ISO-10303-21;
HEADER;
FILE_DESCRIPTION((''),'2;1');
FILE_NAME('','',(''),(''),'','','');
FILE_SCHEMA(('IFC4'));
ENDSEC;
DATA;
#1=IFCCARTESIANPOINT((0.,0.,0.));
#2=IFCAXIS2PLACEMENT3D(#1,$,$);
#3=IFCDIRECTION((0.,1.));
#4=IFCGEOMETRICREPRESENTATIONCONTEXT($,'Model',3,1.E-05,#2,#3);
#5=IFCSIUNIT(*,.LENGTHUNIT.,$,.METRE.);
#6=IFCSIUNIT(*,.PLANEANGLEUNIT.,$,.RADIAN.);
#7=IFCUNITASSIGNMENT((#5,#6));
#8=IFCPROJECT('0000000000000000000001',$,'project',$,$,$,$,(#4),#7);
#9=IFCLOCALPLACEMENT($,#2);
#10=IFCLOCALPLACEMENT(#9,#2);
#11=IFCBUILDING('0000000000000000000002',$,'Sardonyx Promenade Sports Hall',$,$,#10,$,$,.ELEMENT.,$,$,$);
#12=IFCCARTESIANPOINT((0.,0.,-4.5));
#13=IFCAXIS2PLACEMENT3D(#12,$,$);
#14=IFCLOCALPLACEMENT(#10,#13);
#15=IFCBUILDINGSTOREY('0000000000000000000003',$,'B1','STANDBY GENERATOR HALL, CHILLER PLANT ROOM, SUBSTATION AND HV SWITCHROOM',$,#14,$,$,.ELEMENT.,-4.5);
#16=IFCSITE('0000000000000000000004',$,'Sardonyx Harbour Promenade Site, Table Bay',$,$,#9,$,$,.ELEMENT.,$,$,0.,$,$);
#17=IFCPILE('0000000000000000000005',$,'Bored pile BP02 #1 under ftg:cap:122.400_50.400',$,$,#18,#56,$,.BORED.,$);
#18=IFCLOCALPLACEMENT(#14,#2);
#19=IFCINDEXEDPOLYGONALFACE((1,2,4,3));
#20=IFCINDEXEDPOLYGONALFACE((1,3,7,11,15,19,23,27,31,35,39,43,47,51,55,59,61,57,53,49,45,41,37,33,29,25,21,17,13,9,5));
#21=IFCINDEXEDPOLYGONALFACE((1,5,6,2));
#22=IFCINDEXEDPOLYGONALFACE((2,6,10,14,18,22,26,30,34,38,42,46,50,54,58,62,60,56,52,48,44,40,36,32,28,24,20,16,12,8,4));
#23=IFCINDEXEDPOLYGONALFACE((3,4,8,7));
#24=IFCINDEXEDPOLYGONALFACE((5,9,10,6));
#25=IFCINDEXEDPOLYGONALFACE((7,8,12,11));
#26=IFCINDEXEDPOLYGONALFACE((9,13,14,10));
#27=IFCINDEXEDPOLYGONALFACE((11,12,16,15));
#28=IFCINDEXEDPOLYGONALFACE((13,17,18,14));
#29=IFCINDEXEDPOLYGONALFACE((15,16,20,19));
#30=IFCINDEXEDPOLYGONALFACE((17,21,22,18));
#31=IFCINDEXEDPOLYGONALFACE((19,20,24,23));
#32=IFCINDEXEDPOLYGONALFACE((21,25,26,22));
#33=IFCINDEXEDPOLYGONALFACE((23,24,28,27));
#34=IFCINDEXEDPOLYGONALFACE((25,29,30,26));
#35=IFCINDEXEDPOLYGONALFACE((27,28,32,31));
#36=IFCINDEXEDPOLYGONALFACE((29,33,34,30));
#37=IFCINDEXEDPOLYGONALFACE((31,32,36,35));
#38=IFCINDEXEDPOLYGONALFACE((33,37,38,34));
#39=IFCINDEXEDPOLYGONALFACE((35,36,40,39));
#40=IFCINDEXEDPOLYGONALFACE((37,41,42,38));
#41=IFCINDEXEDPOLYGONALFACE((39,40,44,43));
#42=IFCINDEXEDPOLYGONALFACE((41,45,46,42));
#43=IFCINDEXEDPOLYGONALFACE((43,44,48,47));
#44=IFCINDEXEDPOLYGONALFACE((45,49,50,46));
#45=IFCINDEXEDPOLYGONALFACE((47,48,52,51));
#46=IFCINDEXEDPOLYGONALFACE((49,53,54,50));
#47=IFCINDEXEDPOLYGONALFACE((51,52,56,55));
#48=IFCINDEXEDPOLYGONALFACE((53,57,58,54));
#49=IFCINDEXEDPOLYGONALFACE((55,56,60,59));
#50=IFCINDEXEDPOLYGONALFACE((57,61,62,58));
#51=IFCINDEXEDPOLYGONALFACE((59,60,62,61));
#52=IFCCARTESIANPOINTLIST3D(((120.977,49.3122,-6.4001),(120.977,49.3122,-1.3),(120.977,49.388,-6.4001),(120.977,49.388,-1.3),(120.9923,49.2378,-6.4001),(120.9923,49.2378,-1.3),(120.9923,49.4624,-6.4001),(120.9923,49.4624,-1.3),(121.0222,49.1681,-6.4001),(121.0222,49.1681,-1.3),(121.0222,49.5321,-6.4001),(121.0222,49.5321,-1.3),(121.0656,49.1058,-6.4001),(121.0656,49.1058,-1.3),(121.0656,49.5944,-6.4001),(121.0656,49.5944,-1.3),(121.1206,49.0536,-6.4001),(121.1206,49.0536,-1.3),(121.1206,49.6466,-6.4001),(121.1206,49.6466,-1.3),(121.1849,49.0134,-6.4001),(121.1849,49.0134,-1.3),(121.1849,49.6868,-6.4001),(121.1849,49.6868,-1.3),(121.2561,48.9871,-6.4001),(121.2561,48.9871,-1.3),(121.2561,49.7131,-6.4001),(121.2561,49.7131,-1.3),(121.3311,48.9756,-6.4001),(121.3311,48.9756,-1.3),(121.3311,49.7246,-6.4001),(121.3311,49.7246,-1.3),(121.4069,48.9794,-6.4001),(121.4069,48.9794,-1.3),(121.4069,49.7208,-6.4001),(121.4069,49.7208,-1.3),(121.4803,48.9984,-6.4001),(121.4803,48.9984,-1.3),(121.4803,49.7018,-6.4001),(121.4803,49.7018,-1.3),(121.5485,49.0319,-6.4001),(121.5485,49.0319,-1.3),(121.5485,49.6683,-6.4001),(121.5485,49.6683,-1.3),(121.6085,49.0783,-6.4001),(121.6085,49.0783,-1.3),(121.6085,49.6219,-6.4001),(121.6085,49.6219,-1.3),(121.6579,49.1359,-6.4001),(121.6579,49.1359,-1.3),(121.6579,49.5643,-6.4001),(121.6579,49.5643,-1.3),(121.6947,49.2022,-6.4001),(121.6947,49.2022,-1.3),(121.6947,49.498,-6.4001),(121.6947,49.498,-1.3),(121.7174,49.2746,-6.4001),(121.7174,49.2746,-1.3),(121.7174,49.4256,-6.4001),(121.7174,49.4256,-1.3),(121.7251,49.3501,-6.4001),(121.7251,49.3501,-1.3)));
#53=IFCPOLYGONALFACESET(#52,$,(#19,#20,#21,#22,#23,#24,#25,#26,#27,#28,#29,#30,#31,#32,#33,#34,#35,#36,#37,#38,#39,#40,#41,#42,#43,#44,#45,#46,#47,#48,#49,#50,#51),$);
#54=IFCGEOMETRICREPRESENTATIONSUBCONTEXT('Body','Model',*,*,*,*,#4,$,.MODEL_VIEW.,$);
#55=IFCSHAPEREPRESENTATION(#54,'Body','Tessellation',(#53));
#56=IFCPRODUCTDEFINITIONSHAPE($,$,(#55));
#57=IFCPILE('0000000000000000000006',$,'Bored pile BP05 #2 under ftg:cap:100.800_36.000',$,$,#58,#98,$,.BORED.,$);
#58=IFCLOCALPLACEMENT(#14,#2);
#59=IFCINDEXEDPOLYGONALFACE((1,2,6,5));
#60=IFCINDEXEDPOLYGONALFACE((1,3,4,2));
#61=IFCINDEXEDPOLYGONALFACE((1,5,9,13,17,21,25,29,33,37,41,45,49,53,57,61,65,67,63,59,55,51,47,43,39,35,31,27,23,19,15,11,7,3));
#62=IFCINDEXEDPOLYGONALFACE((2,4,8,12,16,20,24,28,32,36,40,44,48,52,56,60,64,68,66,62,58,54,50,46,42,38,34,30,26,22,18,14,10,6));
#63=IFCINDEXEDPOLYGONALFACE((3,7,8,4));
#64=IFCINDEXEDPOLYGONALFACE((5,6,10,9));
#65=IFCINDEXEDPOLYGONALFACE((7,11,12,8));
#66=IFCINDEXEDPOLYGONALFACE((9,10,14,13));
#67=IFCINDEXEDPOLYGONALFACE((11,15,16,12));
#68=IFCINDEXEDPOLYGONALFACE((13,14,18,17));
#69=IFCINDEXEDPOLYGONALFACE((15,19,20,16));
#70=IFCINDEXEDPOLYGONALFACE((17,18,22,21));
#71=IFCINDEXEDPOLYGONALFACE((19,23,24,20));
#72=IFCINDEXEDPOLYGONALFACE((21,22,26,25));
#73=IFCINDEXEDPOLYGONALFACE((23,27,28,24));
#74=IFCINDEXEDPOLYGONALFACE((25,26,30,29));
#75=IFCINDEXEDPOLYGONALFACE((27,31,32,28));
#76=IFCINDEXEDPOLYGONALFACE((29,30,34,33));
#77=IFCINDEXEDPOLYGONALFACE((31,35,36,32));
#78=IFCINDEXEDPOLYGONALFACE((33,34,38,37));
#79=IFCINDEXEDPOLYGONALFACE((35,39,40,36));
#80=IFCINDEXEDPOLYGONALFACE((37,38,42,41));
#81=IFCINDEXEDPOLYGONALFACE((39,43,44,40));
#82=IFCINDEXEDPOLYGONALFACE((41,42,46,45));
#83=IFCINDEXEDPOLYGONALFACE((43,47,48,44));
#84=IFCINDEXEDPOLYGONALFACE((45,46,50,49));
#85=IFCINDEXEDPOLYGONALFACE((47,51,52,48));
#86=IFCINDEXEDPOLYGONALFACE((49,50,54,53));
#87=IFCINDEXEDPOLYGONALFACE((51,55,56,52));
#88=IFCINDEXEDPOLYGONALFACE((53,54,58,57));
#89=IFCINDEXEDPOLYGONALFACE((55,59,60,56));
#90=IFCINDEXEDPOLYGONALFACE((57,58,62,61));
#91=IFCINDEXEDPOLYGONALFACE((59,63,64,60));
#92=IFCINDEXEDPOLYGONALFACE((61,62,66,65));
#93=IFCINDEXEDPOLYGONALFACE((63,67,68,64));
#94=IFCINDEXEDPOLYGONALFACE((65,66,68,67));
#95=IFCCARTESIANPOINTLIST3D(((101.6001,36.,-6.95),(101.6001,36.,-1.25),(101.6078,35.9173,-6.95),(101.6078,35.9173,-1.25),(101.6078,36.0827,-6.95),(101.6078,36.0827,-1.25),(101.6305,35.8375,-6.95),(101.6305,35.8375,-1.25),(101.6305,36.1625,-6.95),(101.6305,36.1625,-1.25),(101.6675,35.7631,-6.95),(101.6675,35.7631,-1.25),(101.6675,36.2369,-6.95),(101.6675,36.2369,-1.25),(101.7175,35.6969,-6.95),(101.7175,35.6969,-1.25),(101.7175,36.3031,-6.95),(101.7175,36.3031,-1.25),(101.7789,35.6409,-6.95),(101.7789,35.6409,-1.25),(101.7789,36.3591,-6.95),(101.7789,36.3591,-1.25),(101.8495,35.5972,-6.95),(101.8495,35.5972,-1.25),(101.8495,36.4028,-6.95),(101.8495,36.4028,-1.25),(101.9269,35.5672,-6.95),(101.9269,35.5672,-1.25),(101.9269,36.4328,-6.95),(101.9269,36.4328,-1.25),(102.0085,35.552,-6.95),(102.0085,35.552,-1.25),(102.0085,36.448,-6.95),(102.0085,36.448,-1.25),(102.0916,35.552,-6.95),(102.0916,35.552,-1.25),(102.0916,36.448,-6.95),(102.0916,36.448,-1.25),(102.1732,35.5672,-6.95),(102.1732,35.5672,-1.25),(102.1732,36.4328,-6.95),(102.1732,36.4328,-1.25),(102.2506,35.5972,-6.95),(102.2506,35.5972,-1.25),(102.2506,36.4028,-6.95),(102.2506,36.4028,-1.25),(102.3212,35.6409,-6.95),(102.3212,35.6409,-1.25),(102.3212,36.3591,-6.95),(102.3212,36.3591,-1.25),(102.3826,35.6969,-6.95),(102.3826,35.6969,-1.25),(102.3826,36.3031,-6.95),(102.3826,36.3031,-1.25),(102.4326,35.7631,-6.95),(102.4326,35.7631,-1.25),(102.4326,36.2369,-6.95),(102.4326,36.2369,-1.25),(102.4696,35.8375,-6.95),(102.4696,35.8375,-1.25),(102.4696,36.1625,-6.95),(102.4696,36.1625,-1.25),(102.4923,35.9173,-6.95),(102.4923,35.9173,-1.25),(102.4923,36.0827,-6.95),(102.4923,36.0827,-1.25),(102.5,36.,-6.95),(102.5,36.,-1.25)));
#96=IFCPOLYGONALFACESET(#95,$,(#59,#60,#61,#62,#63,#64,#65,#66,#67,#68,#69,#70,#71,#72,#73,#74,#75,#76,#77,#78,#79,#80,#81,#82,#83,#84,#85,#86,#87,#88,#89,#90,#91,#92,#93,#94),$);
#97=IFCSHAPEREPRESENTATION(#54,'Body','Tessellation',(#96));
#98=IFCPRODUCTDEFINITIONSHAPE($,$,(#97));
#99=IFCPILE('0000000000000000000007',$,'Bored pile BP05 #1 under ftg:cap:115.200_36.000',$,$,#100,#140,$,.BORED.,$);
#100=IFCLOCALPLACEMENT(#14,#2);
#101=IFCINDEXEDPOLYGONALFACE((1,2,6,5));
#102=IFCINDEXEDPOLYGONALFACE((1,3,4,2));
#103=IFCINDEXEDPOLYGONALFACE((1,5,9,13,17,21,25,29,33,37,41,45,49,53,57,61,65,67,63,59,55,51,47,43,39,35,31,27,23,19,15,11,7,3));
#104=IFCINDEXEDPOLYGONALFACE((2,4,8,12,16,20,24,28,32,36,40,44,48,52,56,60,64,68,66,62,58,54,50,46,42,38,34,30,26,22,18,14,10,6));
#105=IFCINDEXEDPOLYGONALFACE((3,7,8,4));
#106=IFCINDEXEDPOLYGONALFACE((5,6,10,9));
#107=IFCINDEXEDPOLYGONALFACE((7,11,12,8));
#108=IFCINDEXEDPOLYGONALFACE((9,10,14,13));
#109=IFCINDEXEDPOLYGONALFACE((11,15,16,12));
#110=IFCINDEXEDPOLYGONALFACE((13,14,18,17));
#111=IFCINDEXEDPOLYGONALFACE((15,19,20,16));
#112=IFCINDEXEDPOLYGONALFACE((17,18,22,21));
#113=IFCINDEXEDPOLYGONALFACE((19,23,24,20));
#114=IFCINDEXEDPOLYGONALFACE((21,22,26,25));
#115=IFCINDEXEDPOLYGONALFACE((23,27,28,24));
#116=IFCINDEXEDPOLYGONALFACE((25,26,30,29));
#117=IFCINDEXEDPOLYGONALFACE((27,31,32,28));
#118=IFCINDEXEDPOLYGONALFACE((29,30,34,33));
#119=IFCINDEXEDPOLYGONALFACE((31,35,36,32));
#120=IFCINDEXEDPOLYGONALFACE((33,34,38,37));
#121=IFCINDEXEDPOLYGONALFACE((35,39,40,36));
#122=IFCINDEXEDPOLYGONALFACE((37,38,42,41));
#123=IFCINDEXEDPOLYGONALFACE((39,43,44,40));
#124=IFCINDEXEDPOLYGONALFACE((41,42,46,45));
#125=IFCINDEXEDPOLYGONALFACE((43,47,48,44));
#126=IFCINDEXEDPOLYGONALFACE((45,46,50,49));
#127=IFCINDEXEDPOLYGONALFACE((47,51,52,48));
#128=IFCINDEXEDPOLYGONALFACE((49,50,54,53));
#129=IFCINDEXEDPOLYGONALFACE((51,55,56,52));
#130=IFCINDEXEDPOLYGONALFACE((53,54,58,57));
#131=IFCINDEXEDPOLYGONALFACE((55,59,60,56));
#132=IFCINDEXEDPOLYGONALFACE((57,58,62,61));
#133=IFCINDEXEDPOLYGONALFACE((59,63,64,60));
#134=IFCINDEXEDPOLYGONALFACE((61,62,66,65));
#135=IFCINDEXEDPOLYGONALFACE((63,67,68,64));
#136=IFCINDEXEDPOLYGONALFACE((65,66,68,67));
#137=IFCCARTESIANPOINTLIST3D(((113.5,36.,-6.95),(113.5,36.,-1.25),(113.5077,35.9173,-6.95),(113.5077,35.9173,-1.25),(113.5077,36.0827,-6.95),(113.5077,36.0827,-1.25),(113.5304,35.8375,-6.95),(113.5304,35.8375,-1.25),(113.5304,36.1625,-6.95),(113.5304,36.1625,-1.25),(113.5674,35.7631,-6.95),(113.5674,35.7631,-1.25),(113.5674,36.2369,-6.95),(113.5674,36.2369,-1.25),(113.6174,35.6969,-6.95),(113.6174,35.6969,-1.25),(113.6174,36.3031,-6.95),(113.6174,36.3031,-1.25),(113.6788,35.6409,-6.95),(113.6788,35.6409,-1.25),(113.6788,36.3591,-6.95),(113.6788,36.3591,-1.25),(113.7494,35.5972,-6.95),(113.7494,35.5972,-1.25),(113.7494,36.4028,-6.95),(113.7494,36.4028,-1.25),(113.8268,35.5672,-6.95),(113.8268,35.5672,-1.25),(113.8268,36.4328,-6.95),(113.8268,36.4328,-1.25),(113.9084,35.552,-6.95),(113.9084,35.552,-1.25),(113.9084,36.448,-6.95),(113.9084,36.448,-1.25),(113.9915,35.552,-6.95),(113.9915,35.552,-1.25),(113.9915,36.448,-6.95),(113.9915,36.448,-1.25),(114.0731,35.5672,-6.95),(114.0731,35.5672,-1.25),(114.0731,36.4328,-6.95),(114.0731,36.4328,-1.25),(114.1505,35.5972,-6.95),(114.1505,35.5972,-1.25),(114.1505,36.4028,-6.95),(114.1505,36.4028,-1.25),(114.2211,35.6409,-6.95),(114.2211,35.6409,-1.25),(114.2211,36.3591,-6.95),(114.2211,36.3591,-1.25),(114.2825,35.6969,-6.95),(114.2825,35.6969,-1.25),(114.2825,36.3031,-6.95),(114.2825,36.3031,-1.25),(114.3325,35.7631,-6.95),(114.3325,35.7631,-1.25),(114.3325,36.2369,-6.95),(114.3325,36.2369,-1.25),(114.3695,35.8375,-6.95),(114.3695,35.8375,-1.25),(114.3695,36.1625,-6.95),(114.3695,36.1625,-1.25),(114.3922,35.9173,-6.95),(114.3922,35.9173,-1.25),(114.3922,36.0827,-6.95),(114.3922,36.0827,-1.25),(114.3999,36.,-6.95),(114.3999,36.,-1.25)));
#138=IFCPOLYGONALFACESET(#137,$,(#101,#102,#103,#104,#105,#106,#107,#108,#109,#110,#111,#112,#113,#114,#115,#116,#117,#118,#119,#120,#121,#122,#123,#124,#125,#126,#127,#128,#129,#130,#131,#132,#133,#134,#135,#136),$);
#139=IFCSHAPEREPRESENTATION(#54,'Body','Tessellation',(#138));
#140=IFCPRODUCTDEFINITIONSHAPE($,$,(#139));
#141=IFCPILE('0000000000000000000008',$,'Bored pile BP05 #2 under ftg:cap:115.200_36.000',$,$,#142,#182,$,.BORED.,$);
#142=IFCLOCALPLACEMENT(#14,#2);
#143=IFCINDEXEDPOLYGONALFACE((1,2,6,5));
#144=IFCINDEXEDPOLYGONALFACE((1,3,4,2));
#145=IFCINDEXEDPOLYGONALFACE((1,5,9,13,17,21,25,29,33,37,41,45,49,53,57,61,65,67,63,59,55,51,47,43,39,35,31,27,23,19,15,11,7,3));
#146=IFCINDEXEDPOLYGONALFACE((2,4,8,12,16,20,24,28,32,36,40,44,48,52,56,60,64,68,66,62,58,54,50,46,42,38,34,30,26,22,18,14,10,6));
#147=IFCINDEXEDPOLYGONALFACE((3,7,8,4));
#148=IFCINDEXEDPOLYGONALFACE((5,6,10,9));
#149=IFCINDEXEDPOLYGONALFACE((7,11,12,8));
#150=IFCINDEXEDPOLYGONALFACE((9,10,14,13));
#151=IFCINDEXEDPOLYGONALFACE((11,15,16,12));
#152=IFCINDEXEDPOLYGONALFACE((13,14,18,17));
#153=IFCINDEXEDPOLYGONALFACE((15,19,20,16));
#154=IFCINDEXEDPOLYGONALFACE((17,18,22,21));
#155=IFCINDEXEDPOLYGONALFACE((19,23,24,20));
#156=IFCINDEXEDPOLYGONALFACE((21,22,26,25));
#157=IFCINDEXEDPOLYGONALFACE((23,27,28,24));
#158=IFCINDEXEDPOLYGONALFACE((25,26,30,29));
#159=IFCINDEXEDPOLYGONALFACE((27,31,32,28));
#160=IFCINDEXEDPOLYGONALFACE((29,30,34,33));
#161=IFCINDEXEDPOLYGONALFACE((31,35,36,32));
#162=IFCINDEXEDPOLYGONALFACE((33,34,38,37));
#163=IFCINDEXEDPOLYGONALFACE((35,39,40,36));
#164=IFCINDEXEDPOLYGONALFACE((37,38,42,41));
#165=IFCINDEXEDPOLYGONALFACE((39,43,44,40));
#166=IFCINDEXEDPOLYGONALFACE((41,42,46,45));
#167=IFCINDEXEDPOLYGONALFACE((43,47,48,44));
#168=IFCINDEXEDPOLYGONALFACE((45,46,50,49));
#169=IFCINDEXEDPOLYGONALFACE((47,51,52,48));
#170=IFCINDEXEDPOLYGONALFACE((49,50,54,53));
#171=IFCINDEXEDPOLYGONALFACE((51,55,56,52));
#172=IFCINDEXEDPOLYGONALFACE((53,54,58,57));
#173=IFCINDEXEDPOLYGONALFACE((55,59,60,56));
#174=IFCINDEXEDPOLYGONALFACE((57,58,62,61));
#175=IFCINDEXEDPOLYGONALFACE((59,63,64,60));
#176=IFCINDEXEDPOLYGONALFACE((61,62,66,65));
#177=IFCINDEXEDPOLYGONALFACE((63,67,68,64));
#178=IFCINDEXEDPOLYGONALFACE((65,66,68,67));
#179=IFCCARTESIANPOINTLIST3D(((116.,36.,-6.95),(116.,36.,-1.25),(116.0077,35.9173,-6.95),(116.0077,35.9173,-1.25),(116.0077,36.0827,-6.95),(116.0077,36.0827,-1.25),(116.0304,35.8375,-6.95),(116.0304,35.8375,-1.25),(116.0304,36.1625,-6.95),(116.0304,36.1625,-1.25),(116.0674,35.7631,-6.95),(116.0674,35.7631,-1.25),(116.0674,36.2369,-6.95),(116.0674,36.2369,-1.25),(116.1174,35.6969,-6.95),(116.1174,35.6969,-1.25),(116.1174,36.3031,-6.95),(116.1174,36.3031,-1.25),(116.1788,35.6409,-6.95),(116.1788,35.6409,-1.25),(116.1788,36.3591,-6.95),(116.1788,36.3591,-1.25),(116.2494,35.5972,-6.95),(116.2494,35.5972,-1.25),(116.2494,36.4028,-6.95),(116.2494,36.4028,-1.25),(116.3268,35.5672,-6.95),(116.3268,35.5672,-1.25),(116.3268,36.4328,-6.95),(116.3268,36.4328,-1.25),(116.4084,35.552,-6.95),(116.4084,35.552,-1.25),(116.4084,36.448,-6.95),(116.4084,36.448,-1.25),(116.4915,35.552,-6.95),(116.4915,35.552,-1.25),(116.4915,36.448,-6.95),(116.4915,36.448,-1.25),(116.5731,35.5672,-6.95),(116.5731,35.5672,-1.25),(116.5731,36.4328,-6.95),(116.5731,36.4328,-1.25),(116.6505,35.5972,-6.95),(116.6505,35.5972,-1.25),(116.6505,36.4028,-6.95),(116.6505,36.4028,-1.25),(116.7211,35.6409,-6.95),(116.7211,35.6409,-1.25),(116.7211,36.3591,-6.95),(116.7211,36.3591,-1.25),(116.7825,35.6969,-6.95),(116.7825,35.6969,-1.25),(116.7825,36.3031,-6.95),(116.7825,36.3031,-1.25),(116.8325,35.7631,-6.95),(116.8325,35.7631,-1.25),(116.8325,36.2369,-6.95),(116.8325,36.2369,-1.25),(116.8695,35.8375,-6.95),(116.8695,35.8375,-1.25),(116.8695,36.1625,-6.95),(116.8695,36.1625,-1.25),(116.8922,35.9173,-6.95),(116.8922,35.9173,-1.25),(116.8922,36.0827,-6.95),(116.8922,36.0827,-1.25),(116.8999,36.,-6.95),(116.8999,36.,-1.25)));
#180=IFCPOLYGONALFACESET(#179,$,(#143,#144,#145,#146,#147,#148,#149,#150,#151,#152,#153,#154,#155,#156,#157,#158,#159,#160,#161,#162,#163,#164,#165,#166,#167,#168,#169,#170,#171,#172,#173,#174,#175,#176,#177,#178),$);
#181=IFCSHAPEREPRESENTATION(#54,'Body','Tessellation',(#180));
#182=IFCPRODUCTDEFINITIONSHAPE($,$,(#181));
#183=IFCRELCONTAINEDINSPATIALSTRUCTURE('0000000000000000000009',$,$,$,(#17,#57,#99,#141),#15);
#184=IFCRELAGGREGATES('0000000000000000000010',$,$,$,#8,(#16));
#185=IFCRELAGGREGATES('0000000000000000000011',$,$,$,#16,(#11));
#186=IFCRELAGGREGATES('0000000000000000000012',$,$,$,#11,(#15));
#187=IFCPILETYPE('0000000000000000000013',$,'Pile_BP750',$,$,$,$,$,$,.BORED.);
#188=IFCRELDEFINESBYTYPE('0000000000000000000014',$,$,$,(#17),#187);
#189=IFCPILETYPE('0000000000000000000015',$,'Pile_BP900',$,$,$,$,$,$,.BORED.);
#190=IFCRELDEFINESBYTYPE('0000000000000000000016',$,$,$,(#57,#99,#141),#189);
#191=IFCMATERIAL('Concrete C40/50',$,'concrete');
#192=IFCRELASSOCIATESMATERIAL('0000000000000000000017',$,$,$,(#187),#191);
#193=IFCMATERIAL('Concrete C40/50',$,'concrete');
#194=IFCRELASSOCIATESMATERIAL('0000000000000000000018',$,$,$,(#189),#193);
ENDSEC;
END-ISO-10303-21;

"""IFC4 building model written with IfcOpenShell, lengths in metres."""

from ifc_helpers import new_model, si_unit, direction, frame, origin, origin_2d, place, context, subcontext, project, spatial, circle, extrude, material, material_profile, profile_set, type_object, element, save


model = new_model("IFC4")

# Units and contexts
model_context = context("Model", 3, precision=1e-05, world=origin(), true_north=direction((0.0, 1.0)))
body_context = subcontext(model_context, "Body", "Model", "MODEL_VIEW")
ifc_project = project(units=[si_unit("LENGTHUNIT", "METRE"), si_unit("PLANEANGLEUNIT", "RADIAN")], contexts=[model_context])

# Site, building, storey
site_placement = place(None, origin())
site = spatial("IfcSite", under=ifc_project, at=site_placement, Name="Sardonyx Harbour Promenade Site, Table Bay", CompositionType="ELEMENT", RefElevation=0.0)
building_placement = place(site_placement, origin())
building = spatial("IfcBuilding", under=site, at=building_placement, Name="Sardonyx Promenade Sports Hall", CompositionType="ELEMENT")
storey_placement = place(building_placement, frame((0.0, 0.0, -4.5)))
storey = spatial("IfcBuildingStorey", under=building, at=storey_placement, Name="B1", Description="STANDBY GENERATOR HALL, CHILLER PLANT ROOM, SUBSTATION AND HV SWITCHROOM", CompositionType="ELEMENT", Elevation=-4.5)

# Piles
ifc_material_1 = material(Name="Concrete C40/50", Category="concrete")
ifc_material_profile_1 = material_profile(ifc_material_1, circle(Radius=0.375, at=origin_2d()))
ifc_profile_set_1 = profile_set([ifc_material_profile_1], Name="Concrete C40/50")
pile_type_1 = type_object("IfcPileType", Name="Pile_BP750", PredefinedType="BORED", material=ifc_profile_set_1)
for number, where, z_axis, x_axis, name in (
    (1, (121.3501, 49.3501, -1.3), (0.0, 0.0, -1.0), (1.0, 0.0, 0.0), "Bored pile BP02 #1 under ftg:cap:122.400_50.400"),
):
    element("IfcPile", number, at=place(storey_placement, frame(where, z_axis=z_axis, x_axis=x_axis)), inside=storey, type_object=pile_type_1, Name=name, PredefinedType="BORED", context=body_context, shape_type="SweptSolid", body=[
        extrude(circle(Radius=0.375, at=origin_2d()), origin(), (0.0, 0.0, 1.0), 5.1001),
    ])
ifc_material_2 = material(Name="Concrete C40/50", Category="concrete")
ifc_material_profile_2 = material_profile(ifc_material_2, circle(Radius=0.45, at=origin_2d()))
ifc_profile_set_2 = profile_set([ifc_material_profile_2], Name="Concrete C40/50")
pile_type_2 = type_object("IfcPileType", Name="Pile_BP900", PredefinedType="BORED", material=ifc_profile_set_2)
for number, where, z_axis, x_axis, name in (
    (2, (102.05, 36.0, -1.25), (0.0, 0.0, -1.0), (1.0, 0.0, 0.0), "Bored pile BP05 #2 under ftg:cap:100.800_36.000"),
    (3, (113.95, 36.0, -1.25), (0.0, 0.0, -1.0), (1.0, 0.0, 0.0), "Bored pile BP05 #1 under ftg:cap:115.200_36.000"),
    (4, (116.45, 36.0, -1.25), (0.0, 0.0, -1.0), (1.0, 0.0, 0.0), "Bored pile BP05 #2 under ftg:cap:115.200_36.000"),
):
    element("IfcPile", number, at=place(storey_placement, frame(where, z_axis=z_axis, x_axis=x_axis)), inside=storey, type_object=pile_type_2, Name=name, PredefinedType="BORED", context=body_context, shape_type="SweptSolid", body=[
        extrude(circle(Radius=0.45, at=origin_2d()), origin(), (0.0, 0.0, 1.0), 5.7),
    ])

save(model, "model.ifc")
